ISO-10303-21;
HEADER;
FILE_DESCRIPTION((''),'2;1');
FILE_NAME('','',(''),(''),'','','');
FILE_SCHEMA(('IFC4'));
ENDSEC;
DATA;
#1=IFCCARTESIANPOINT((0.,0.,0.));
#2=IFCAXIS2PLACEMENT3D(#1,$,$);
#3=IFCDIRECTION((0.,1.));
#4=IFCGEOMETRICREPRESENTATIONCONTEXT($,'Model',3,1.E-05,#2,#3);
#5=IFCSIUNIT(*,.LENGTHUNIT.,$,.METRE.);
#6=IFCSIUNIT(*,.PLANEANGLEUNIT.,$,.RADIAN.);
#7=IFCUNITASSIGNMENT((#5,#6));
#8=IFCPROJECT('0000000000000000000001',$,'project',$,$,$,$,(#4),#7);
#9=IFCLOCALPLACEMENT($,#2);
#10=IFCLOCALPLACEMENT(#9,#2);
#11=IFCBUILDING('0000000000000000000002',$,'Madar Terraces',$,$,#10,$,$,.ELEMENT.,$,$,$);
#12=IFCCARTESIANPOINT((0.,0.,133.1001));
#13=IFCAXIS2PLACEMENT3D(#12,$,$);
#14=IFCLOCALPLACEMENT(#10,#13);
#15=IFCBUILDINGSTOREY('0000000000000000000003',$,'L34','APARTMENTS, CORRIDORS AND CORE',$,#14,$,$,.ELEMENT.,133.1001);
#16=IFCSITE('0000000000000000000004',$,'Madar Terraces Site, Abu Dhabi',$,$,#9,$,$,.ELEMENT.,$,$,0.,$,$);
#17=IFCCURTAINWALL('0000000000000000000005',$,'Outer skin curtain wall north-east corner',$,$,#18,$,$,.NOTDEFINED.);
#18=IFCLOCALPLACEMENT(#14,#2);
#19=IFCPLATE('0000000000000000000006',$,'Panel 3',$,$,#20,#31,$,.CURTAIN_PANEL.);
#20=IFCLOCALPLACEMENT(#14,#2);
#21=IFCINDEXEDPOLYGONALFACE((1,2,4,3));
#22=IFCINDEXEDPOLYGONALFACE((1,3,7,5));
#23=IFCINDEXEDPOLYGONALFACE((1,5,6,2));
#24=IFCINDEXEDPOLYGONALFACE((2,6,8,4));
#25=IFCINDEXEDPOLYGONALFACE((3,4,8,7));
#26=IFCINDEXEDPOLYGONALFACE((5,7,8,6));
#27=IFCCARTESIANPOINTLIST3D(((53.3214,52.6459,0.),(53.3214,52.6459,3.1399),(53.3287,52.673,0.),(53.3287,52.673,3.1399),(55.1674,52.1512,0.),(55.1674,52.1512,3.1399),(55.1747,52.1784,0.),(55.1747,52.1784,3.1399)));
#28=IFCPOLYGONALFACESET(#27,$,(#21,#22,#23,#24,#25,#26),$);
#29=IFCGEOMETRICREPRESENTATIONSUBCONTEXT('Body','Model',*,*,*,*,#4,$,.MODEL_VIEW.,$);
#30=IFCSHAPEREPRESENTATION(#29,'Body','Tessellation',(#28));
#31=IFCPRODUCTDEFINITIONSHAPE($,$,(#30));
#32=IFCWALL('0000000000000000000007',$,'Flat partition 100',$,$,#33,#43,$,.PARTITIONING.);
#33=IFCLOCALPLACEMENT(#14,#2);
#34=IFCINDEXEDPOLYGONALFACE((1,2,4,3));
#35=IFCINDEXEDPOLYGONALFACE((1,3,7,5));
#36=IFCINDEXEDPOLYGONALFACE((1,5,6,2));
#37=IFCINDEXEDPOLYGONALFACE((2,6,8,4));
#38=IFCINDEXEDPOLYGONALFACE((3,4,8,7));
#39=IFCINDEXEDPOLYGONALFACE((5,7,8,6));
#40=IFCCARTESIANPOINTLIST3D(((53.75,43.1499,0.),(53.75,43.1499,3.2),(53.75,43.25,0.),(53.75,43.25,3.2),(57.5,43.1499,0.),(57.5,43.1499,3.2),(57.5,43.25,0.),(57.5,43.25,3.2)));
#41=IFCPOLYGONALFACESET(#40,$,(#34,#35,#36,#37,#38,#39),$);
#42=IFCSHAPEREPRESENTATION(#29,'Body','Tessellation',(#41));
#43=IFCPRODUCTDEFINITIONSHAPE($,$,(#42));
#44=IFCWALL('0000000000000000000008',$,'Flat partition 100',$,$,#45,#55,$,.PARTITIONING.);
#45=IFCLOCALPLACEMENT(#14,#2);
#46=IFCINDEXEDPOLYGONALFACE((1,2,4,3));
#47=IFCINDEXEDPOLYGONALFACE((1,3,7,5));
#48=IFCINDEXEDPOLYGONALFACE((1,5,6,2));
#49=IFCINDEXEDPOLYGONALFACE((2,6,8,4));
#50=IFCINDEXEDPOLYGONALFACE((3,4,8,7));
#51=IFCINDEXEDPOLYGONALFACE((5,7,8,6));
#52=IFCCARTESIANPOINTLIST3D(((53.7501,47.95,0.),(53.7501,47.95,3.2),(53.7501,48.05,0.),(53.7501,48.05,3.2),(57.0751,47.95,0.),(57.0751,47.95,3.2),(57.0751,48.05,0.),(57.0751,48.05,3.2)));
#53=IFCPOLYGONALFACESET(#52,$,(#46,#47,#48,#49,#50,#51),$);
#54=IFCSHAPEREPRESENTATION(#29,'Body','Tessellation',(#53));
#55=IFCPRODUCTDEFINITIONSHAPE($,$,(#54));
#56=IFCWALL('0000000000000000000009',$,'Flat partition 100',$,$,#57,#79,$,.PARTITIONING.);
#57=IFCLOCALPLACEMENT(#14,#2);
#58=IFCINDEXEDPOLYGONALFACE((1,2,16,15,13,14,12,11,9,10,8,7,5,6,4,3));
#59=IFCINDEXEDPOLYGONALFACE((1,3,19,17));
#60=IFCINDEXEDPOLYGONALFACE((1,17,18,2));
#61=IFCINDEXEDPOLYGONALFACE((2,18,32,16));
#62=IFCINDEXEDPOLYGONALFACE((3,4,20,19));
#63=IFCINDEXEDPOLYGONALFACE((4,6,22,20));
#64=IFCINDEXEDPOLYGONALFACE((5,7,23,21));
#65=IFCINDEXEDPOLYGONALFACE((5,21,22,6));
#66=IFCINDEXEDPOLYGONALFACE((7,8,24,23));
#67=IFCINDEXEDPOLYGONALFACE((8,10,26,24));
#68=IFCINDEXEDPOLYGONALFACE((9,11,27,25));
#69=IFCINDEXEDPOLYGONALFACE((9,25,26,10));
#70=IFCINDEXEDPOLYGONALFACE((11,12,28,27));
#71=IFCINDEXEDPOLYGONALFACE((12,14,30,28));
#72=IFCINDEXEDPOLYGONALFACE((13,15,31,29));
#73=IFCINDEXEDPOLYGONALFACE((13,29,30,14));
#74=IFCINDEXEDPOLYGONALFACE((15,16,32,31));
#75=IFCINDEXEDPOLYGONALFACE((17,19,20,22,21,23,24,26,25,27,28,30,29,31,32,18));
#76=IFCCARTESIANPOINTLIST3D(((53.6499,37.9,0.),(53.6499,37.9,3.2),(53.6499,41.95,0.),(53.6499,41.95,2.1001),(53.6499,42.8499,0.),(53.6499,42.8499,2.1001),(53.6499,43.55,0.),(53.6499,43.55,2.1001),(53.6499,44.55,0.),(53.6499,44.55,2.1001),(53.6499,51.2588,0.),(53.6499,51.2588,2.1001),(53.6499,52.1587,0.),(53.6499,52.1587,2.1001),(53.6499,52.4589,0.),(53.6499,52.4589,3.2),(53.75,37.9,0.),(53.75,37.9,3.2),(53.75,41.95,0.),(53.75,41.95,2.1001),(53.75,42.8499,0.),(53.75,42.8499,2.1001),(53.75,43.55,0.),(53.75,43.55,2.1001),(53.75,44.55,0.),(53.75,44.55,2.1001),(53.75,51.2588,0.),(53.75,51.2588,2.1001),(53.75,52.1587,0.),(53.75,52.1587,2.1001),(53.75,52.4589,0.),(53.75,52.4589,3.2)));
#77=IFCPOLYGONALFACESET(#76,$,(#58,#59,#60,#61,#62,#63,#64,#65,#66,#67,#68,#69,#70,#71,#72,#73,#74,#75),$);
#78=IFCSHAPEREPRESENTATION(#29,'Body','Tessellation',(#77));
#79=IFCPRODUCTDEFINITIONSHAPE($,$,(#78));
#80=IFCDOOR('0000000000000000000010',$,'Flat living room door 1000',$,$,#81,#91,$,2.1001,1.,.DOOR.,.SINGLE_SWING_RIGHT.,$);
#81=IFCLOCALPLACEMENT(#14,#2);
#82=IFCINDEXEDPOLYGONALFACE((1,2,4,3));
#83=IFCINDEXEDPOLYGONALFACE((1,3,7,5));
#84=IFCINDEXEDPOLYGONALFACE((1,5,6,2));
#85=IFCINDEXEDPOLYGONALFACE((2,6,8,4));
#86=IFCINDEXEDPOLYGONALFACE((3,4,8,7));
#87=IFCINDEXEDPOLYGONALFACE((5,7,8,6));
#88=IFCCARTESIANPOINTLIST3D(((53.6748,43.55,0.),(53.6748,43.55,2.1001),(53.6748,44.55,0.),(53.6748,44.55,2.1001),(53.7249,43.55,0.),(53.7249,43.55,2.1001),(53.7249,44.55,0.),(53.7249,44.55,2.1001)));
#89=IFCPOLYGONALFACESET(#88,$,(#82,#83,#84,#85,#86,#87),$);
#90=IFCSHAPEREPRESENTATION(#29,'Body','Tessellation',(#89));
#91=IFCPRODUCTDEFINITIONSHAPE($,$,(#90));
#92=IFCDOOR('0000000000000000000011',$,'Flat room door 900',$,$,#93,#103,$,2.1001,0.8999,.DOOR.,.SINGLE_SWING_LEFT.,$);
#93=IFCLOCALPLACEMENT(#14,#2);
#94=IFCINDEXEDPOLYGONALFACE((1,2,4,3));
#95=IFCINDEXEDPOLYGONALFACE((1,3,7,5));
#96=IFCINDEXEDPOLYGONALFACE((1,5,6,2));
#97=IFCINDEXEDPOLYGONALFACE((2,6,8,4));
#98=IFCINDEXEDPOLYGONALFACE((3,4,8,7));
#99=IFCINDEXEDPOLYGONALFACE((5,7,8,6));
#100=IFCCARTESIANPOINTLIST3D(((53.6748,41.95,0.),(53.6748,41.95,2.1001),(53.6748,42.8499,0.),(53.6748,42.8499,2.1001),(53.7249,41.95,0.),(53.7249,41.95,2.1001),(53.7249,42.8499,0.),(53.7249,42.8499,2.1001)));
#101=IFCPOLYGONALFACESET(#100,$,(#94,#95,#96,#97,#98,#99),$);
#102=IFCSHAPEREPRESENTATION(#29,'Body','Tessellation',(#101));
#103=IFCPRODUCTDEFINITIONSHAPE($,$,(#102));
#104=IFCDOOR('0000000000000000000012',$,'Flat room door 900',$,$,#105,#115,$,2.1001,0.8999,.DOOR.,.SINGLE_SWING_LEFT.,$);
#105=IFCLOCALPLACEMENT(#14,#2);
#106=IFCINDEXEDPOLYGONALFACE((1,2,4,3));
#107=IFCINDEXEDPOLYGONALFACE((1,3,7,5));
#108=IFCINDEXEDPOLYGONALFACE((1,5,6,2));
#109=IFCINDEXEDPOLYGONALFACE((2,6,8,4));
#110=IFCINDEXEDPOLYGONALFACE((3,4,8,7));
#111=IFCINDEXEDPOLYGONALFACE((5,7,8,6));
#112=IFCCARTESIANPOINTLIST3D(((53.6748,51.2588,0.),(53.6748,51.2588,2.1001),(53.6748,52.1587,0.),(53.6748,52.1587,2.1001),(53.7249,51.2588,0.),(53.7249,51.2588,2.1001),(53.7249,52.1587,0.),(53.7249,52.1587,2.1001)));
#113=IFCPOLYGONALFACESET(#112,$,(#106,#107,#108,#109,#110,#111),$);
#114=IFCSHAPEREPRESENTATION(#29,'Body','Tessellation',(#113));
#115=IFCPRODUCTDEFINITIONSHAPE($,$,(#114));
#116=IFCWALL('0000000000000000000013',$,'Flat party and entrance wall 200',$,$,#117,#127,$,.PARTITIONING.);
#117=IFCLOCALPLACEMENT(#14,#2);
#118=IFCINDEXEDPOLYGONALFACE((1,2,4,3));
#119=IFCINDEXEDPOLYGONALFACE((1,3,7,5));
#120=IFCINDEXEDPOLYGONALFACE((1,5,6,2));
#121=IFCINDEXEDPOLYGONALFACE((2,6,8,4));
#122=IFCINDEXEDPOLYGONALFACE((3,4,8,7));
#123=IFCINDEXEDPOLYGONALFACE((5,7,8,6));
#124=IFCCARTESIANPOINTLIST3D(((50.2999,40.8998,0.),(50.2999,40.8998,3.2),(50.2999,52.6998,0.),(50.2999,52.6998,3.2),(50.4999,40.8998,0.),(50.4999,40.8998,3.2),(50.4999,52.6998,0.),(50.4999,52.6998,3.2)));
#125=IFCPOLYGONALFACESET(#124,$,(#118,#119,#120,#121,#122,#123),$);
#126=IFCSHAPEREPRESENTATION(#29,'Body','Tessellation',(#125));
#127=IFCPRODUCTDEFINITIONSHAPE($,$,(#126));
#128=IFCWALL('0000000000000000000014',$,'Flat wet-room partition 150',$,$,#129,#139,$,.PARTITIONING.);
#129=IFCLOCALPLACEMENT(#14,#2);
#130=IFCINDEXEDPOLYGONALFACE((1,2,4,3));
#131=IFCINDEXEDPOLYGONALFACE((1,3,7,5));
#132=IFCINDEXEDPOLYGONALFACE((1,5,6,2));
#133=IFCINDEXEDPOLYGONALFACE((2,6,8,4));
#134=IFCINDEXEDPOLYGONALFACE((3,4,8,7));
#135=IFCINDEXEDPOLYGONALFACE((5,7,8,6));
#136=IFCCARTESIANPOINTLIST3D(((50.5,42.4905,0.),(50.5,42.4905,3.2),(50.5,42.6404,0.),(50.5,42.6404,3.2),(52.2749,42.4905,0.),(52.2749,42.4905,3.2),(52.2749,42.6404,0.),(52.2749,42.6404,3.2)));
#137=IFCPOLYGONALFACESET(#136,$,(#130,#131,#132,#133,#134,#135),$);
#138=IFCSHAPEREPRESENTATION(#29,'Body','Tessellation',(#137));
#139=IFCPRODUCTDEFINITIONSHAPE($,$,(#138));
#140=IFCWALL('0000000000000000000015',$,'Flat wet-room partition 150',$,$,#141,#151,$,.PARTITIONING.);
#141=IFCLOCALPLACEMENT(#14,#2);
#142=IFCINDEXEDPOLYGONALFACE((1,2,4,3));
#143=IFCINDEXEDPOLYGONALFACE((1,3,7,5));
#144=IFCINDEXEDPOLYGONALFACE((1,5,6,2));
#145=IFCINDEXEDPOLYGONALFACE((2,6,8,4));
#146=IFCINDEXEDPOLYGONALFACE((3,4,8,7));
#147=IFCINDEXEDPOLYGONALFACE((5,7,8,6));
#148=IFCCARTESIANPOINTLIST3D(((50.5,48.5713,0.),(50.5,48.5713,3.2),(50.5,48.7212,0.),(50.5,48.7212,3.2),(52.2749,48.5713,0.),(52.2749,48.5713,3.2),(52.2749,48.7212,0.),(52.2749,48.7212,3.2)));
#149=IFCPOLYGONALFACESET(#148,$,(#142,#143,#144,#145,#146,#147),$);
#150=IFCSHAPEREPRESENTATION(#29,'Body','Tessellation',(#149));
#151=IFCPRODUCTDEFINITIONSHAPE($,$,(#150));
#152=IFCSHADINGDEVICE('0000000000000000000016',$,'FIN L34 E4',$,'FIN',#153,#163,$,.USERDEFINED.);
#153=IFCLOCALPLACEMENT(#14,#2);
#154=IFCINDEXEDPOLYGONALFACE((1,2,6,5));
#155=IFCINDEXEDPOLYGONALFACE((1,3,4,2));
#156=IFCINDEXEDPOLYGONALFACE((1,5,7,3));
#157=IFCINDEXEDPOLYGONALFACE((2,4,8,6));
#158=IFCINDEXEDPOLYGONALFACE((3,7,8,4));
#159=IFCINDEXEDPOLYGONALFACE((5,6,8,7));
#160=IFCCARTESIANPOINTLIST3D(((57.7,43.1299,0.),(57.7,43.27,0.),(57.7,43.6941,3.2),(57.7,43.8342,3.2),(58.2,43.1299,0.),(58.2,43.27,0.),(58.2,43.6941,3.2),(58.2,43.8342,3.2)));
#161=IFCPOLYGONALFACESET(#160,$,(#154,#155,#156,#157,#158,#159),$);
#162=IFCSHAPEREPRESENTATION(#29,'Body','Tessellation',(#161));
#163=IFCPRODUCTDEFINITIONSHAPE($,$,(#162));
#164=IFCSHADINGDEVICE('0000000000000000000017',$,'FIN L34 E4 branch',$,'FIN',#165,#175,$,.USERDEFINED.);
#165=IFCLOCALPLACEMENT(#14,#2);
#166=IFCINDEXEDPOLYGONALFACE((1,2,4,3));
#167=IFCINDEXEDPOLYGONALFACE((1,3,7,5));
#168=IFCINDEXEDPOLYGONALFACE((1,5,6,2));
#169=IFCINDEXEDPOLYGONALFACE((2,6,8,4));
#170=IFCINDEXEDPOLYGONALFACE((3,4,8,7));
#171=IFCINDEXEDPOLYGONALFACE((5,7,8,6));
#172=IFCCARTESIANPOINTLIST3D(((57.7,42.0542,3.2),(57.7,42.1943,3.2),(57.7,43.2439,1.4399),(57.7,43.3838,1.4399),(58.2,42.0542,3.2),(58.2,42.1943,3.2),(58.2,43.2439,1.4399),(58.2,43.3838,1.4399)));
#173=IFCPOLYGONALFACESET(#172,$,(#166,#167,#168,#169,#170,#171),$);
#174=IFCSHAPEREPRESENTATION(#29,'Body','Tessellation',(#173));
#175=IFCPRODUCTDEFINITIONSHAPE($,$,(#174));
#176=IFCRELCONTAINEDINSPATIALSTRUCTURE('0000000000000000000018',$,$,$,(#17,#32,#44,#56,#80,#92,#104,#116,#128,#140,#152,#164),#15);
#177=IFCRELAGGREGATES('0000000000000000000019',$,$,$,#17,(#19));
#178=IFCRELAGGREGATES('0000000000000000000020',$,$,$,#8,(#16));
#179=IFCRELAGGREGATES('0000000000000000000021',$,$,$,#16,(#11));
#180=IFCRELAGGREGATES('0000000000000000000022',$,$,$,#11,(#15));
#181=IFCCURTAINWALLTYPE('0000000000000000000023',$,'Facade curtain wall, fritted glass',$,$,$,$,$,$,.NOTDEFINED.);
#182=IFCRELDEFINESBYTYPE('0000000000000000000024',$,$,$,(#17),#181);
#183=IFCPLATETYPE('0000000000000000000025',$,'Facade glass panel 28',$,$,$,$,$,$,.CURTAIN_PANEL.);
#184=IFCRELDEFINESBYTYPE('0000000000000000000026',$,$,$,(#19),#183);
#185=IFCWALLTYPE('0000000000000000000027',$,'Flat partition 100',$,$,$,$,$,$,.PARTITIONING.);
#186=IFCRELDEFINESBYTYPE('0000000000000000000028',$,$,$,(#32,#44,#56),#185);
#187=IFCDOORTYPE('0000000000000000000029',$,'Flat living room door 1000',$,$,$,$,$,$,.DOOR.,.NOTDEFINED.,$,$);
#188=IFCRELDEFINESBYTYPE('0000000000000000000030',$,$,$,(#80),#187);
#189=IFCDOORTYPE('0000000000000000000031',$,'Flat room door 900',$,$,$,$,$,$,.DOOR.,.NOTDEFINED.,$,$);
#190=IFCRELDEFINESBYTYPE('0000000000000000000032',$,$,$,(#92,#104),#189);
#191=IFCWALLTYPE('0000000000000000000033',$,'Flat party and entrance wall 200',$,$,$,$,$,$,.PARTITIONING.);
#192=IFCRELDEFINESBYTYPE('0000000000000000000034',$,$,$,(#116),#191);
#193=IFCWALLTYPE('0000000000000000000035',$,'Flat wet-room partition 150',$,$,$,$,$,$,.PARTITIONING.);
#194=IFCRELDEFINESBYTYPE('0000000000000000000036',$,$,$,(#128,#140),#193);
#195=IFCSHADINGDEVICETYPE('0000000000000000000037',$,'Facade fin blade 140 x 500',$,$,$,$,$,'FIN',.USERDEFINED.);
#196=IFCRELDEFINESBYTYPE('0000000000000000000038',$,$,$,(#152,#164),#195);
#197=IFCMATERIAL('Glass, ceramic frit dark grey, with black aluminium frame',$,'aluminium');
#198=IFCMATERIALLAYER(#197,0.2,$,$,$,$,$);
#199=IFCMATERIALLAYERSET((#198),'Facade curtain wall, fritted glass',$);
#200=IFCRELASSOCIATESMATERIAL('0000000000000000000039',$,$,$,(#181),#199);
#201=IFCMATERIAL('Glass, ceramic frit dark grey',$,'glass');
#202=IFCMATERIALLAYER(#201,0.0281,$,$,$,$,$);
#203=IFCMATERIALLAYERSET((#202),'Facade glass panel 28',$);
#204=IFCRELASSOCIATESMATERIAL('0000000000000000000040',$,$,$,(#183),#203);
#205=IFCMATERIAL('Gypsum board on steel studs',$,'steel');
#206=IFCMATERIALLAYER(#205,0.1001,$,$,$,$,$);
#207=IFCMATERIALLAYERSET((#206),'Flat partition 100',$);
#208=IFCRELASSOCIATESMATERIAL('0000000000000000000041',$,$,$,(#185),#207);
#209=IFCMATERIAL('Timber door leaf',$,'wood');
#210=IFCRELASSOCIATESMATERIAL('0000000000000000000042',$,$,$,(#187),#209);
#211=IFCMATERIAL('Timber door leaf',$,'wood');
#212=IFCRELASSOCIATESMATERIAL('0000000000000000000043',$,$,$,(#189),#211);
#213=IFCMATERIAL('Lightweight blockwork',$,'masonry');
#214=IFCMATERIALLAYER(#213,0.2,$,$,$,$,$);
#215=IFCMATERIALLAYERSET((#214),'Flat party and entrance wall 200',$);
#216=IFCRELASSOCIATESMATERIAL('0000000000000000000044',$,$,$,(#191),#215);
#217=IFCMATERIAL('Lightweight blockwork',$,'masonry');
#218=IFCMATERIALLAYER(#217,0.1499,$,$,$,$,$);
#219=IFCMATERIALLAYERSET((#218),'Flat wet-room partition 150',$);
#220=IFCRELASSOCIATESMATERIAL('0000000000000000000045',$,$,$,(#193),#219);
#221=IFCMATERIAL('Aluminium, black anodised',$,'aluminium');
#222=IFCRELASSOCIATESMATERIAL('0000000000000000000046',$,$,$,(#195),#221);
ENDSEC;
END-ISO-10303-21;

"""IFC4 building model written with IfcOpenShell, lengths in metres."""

from ifc_helpers import new_model, si_unit, direction, frame, frame_2d, origin, origin_2d, place, context, subcontext, project, spatial, polyline, rectangle, outline, extrude, material, layer, layer_set, type_object, element, fill, aggregate, save


model = new_model("IFC4")

# Units and contexts
model_context = context("Model", 3, precision=1e-05, world=origin(), true_north=direction((0.0, 1.0)))
body_context = subcontext(model_context, "Body", "Model", "MODEL_VIEW")
ifc_project = project(units=[si_unit("LENGTHUNIT", "METRE"), si_unit("PLANEANGLEUNIT", "RADIAN")], contexts=[model_context])

# Site, building, storey
site_placement = place(None, origin())
site = spatial("IfcSite", under=ifc_project, at=site_placement, Name="Madar Terraces Site, Abu Dhabi", CompositionType="ELEMENT", RefElevation=0.0)
building_placement = place(site_placement, origin())
building = spatial("IfcBuilding", under=site, at=building_placement, Name="Madar Terraces", CompositionType="ELEMENT")
storey_placement = place(building_placement, frame((0.0, 0.0, 133.1001)))
storey = spatial("IfcBuildingStorey", under=building, at=storey_placement, Name="L34", Description="APARTMENTS, CORRIDORS AND CORE", CompositionType="ELEMENT", Elevation=133.1001)

# Shared definitions
ifc_material_1 = material(Name="Glass, ceramic frit dark grey, with black aluminium frame", Category="aluminium")
ifc_layer_1 = layer(ifc_material_1, 0.2)
ifc_layer_set_1 = layer_set([ifc_layer_1], Name="Facade curtain wall, fritted glass")
curtain_wall_type = type_object("IfcCurtainWallType", Name="Facade curtain wall, fritted glass", PredefinedType="NOTDEFINED", material=ifc_layer_set_1)

# Curtain wall
curtain_wall_1_placement = place(storey_placement, origin())
curtain_wall_1 = element("IfcCurtainWall", 1, at=curtain_wall_1_placement, inside=storey, type_object=curtain_wall_type, Name="Outer skin curtain wall north-east corner", PredefinedType="NOTDEFINED")

# Plate
ifc_material_2 = material(Name="Glass, ceramic frit dark grey", Category="glass")
ifc_layer_2 = layer(ifc_material_2, 0.0281)
ifc_layer_set_2 = layer_set([ifc_layer_2], Name="Facade glass panel 28")
plate_type = type_object("IfcPlateType", Name="Facade glass panel 28", PredefinedType="CURTAIN_PANEL", material=ifc_layer_set_2)
plate_1_placement = place(storey_placement, frame((54.248, 52.4121, 0.0), z_axis=(0.0, 0.0, 1.0), x_axis=(-0.965926, 0.258819, 0.0)))
plate_1 = element("IfcPlate", 2, at=plate_1_placement, type_object=plate_type, Name="Panel 3", PredefinedType="CURTAIN_PANEL", context=body_context, shape_type="SweptSolid", body=[
    extrude(rectangle(XDim=1.9111, YDim=0.0281, at=origin_2d()), origin(), (0.0, 0.0, 1.0), 3.1399),
])
aggregate(curtain_wall_1, [plate_1])

# Walls
ifc_material_3 = material(Name="Gypsum board on steel studs", Category="steel")
ifc_layer_3 = layer(ifc_material_3, 0.1001)
ifc_layer_set_3 = layer_set([ifc_layer_3], Name="Flat partition 100")
wall_type_1 = type_object("IfcWallType", Name="Flat partition 100", PredefinedType="PARTITIONING", material=ifc_layer_set_3)
wall_1_placement = place(storey_placement, frame((53.75, 43.2, 0.0), z_axis=(0.0, 0.0, 1.0), x_axis=(1.0, 0.0, 0.0)))
element("IfcWall", 3, at=wall_1_placement, inside=storey, type_object=wall_type_1, Name="Flat partition 100", PredefinedType="PARTITIONING", context=body_context, shape_type="SweptSolid", body=[
    extrude(rectangle(XDim=3.75, YDim=0.1001, at=frame_2d((1.875, 0.0))), origin(), (0.0, 0.0, 1.0), 3.2),
])
wall_2_placement = place(storey_placement, frame((53.75, 48.0, 0.0), z_axis=(0.0, 0.0, 1.0), x_axis=(1.0, 0.0, 0.0)))
element("IfcWall", 4, at=wall_2_placement, inside=storey, type_object=wall_type_1, Name="Flat partition 100", PredefinedType="PARTITIONING", context=body_context, shape_type="SweptSolid", body=[
    extrude(rectangle(XDim=3.325, YDim=0.1001, at=frame_2d((1.6626, 0.0))), origin(), (0.0, 0.0, 1.0), 3.2),
])

# Wall, openings, doors
wall_3_placement = place(storey_placement, frame((53.7, 52.4587, 0.0), z_axis=(0.0, 0.0, 1.0), x_axis=(0.0, -1.0, 0.0)))
wall_3 = element("IfcWall", 5, at=wall_3_placement, inside=storey, type_object=wall_type_1, Name="Flat partition 100", PredefinedType="PARTITIONING", context=body_context, shape_type="SweptSolid", body=[
    extrude(rectangle(XDim=14.5588, YDim=0.1001, at=frame_2d((7.2793, 0.0))), origin(), (0.0, 0.0, 1.0), 3.2),
])
opening_1_placement = place(wall_3_placement, frame((9.6089, 0.0, 0.0)))
opening_1 = element("IfcOpeningElement", 6, at=opening_1_placement, cuts=wall_3, PredefinedType="OPENING", context=body_context, shape_type="SweptSolid", body=[
    extrude(rectangle(XDim=0.8999, YDim=2.1001, at=frame_2d((0.45, 1.05))), frame((0.0, 0.0601, 0.0), z_axis=(0.0, -1.0, 0.0), x_axis=(1.0, 0.0, 0.0)), (0.0, 0.0, 1.0), 0.1201),
])
opening_2_placement = place(wall_3_placement, frame((7.9087, 0.0, 0.0)))
opening_2 = element("IfcOpeningElement", 7, at=opening_2_placement, cuts=wall_3, PredefinedType="OPENING", context=body_context, shape_type="SweptSolid", body=[
    extrude(rectangle(XDim=1.0, YDim=2.1001, at=frame_2d((0.5, 1.05))), frame((0.0, 0.0601, 0.0), z_axis=(0.0, -1.0, 0.0), x_axis=(1.0, 0.0, 0.0)), (0.0, 0.0, 1.0), 0.1201),
])
opening_3_placement = place(wall_3_placement, frame((0.3, 0.0, 0.0)))
opening_3 = element("IfcOpeningElement", 8, at=opening_3_placement, cuts=wall_3, PredefinedType="OPENING", context=body_context, shape_type="SweptSolid", body=[
    extrude(rectangle(XDim=0.8999, YDim=2.1001, at=frame_2d((0.45, 1.05))), frame((0.0, 0.0601, 0.0), z_axis=(0.0, -1.0, 0.0), x_axis=(1.0, 0.0, 0.0)), (0.0, 0.0, 1.0), 0.1201),
])
ifc_material_4 = material(Name="Timber door leaf", Category="wood")
door_type_1 = type_object("IfcDoorType", Name="Flat living room door 1000", OperationType="NOTDEFINED", PredefinedType="DOOR", material=ifc_material_4)
door_1_placement = place(opening_2_placement, origin())
door_1 = element("IfcDoor", 9, at=door_1_placement, inside=storey, type_object=door_type_1, Name="Flat living room door 1000", OperationType="SINGLE_SWING_RIGHT", OverallHeight=2.1001, OverallWidth=1.0, PredefinedType="DOOR", context=body_context, shape_type="SweptSolid", body=[
    extrude(rectangle(XDim=1.0, YDim=2.1001, at=frame_2d((0.5, 1.05))), frame((0.0, 0.0249, 0.0), z_axis=(0.0, -1.0, 0.0), x_axis=(1.0, 0.0, 0.0)), (0.0, 0.0, 1.0), 0.05),
])
fill(opening_2, door_1)
ifc_material_5 = material(Name="Timber door leaf", Category="wood")
door_type_2 = type_object("IfcDoorType", Name="Flat room door 900", OperationType="NOTDEFINED", PredefinedType="DOOR", material=ifc_material_5)
door_2_placement = place(opening_1_placement, origin())
door_2 = element("IfcDoor", 10, at=door_2_placement, inside=storey, type_object=door_type_2, Name="Flat room door 900", OperationType="SINGLE_SWING_LEFT", OverallHeight=2.1001, OverallWidth=0.8999, PredefinedType="DOOR", context=body_context, shape_type="SweptSolid", body=[
    extrude(rectangle(XDim=0.8999, YDim=2.1001, at=frame_2d((0.45, 1.05))), frame((0.0, 0.0249, 0.0), z_axis=(0.0, -1.0, 0.0), x_axis=(1.0, 0.0, 0.0)), (0.0, 0.0, 1.0), 0.05),
])
fill(opening_1, door_2)
door_3_placement = place(opening_3_placement, origin())
door_3 = element("IfcDoor", 11, at=door_3_placement, inside=storey, type_object=door_type_2, Name="Flat room door 900", OperationType="SINGLE_SWING_LEFT", OverallHeight=2.1001, OverallWidth=0.8999, PredefinedType="DOOR", context=body_context, shape_type="SweptSolid", body=[
    extrude(rectangle(XDim=0.8999, YDim=2.1001, at=frame_2d((0.45, 1.05))), frame((0.0, 0.0249, 0.0), z_axis=(0.0, -1.0, 0.0), x_axis=(1.0, 0.0, 0.0)), (0.0, 0.0, 1.0), 0.05),
])
fill(opening_3, door_3)

# Walls
ifc_material_6 = material(Name="Lightweight blockwork", Category="masonry")
ifc_layer_4 = layer(ifc_material_6, 0.2)
ifc_layer_set_4 = layer_set([ifc_layer_4], Name="Flat party and entrance wall 200")
wall_type_2 = type_object("IfcWallType", Name="Flat party and entrance wall 200", PredefinedType="PARTITIONING", material=ifc_layer_set_4)
wall_4_placement = place(storey_placement, frame((50.3999, 40.8999, 0.0), z_axis=(0.0, 0.0, 1.0), x_axis=(0.0, 1.0, 0.0)))
element("IfcWall", 12, at=wall_4_placement, inside=storey, type_object=wall_type_2, Name="Flat party and entrance wall 200", PredefinedType="PARTITIONING", context=body_context, shape_type="SweptSolid", body=[
    extrude(rectangle(XDim=11.8, YDim=0.2, at=frame_2d((5.8999, 0.0))), origin(), (0.0, 0.0, 1.0), 3.2),
])
ifc_material_7 = material(Name="Lightweight blockwork", Category="masonry")
ifc_layer_5 = layer(ifc_material_7, 0.1499)
ifc_layer_set_5 = layer_set([ifc_layer_5], Name="Flat wet-room partition 150")
wall_type_3 = type_object("IfcWallType", Name="Flat wet-room partition 150", PredefinedType="PARTITIONING", material=ifc_layer_set_5)
for number, where, z_axis, x_axis, name in (
    (13, (50.5, 42.5654, 0.0), (0.0, 0.0, 1.0), (1.0, 0.0, 0.0), "Flat wet-room partition 150"),
    (14, (50.5, 48.6462, 0.0), (0.0, 0.0, 1.0), (1.0, 0.0, 0.0), "Flat wet-room partition 150"),
):
    element("IfcWall", number, at=place(storey_placement, frame(where, z_axis=z_axis, x_axis=x_axis)), inside=storey, type_object=wall_type_3, Name=name, PredefinedType="PARTITIONING", context=body_context, shape_type="SweptSolid", body=[
        extrude(rectangle(XDim=1.7749, YDim=0.1499, at=frame_2d((0.8875, 0.0))), origin(), (0.0, 0.0, 1.0), 3.2),
    ])

# Shading devices
ifc_material_8 = material(Name="Aluminium, black anodised", Category="aluminium")
shading_device_type = type_object("IfcShadingDeviceType", Name="Facade fin blade 140 x 500", ElementType="FIN", PredefinedType="USERDEFINED", material=ifc_material_8)
shading_device_1_placement = place(storey_placement, frame((57.95, 43.1299, 0.0), z_axis=(0.0, 0.0, 1.0), x_axis=(0.0, 1.0, 0.0)))
element("IfcShadingDevice", 15, at=shading_device_1_placement, inside=storey, type_object=shading_device_type, Name="FIN L34 E4", ObjectType="FIN", PredefinedType="USERDEFINED", context=body_context, shape_type="SweptSolid", body=[
    extrude(outline(polyline([(0.0, 0.0), (0.1401, 0.0), (0.7043, 3.2), (0.5642, 3.2), (0.0, 0.0)])), frame((0.0, 0.25, 0.0), z_axis=(0.0, -1.0, 0.0), x_axis=(1.0, 0.0, 0.0)), (0.0, 0.0, 1.0), 0.5),
])
shading_device_2_placement = place(storey_placement, frame((57.95, 43.2439, 1.4399), z_axis=(0.0, 0.0, 1.0), x_axis=(0.0, 1.0, 0.0)))
element("IfcShadingDevice", 16, at=shading_device_2_placement, inside=storey, type_object=shading_device_type, Name="FIN L34 E4 branch", ObjectType="FIN", PredefinedType="USERDEFINED", context=body_context, shape_type="SweptSolid", body=[
    extrude(outline(polyline([(0.0, 0.0), (0.1399, 0.0), (-1.0496, 1.76), (-1.1897, 1.76), (0.0, 0.0)])), frame((0.0, 0.25, 0.0), z_axis=(0.0, -1.0, 0.0), x_axis=(1.0, 0.0, 0.0)), (0.0, 0.0, 1.0), 0.5),
])

save(model, "model.ifc")
